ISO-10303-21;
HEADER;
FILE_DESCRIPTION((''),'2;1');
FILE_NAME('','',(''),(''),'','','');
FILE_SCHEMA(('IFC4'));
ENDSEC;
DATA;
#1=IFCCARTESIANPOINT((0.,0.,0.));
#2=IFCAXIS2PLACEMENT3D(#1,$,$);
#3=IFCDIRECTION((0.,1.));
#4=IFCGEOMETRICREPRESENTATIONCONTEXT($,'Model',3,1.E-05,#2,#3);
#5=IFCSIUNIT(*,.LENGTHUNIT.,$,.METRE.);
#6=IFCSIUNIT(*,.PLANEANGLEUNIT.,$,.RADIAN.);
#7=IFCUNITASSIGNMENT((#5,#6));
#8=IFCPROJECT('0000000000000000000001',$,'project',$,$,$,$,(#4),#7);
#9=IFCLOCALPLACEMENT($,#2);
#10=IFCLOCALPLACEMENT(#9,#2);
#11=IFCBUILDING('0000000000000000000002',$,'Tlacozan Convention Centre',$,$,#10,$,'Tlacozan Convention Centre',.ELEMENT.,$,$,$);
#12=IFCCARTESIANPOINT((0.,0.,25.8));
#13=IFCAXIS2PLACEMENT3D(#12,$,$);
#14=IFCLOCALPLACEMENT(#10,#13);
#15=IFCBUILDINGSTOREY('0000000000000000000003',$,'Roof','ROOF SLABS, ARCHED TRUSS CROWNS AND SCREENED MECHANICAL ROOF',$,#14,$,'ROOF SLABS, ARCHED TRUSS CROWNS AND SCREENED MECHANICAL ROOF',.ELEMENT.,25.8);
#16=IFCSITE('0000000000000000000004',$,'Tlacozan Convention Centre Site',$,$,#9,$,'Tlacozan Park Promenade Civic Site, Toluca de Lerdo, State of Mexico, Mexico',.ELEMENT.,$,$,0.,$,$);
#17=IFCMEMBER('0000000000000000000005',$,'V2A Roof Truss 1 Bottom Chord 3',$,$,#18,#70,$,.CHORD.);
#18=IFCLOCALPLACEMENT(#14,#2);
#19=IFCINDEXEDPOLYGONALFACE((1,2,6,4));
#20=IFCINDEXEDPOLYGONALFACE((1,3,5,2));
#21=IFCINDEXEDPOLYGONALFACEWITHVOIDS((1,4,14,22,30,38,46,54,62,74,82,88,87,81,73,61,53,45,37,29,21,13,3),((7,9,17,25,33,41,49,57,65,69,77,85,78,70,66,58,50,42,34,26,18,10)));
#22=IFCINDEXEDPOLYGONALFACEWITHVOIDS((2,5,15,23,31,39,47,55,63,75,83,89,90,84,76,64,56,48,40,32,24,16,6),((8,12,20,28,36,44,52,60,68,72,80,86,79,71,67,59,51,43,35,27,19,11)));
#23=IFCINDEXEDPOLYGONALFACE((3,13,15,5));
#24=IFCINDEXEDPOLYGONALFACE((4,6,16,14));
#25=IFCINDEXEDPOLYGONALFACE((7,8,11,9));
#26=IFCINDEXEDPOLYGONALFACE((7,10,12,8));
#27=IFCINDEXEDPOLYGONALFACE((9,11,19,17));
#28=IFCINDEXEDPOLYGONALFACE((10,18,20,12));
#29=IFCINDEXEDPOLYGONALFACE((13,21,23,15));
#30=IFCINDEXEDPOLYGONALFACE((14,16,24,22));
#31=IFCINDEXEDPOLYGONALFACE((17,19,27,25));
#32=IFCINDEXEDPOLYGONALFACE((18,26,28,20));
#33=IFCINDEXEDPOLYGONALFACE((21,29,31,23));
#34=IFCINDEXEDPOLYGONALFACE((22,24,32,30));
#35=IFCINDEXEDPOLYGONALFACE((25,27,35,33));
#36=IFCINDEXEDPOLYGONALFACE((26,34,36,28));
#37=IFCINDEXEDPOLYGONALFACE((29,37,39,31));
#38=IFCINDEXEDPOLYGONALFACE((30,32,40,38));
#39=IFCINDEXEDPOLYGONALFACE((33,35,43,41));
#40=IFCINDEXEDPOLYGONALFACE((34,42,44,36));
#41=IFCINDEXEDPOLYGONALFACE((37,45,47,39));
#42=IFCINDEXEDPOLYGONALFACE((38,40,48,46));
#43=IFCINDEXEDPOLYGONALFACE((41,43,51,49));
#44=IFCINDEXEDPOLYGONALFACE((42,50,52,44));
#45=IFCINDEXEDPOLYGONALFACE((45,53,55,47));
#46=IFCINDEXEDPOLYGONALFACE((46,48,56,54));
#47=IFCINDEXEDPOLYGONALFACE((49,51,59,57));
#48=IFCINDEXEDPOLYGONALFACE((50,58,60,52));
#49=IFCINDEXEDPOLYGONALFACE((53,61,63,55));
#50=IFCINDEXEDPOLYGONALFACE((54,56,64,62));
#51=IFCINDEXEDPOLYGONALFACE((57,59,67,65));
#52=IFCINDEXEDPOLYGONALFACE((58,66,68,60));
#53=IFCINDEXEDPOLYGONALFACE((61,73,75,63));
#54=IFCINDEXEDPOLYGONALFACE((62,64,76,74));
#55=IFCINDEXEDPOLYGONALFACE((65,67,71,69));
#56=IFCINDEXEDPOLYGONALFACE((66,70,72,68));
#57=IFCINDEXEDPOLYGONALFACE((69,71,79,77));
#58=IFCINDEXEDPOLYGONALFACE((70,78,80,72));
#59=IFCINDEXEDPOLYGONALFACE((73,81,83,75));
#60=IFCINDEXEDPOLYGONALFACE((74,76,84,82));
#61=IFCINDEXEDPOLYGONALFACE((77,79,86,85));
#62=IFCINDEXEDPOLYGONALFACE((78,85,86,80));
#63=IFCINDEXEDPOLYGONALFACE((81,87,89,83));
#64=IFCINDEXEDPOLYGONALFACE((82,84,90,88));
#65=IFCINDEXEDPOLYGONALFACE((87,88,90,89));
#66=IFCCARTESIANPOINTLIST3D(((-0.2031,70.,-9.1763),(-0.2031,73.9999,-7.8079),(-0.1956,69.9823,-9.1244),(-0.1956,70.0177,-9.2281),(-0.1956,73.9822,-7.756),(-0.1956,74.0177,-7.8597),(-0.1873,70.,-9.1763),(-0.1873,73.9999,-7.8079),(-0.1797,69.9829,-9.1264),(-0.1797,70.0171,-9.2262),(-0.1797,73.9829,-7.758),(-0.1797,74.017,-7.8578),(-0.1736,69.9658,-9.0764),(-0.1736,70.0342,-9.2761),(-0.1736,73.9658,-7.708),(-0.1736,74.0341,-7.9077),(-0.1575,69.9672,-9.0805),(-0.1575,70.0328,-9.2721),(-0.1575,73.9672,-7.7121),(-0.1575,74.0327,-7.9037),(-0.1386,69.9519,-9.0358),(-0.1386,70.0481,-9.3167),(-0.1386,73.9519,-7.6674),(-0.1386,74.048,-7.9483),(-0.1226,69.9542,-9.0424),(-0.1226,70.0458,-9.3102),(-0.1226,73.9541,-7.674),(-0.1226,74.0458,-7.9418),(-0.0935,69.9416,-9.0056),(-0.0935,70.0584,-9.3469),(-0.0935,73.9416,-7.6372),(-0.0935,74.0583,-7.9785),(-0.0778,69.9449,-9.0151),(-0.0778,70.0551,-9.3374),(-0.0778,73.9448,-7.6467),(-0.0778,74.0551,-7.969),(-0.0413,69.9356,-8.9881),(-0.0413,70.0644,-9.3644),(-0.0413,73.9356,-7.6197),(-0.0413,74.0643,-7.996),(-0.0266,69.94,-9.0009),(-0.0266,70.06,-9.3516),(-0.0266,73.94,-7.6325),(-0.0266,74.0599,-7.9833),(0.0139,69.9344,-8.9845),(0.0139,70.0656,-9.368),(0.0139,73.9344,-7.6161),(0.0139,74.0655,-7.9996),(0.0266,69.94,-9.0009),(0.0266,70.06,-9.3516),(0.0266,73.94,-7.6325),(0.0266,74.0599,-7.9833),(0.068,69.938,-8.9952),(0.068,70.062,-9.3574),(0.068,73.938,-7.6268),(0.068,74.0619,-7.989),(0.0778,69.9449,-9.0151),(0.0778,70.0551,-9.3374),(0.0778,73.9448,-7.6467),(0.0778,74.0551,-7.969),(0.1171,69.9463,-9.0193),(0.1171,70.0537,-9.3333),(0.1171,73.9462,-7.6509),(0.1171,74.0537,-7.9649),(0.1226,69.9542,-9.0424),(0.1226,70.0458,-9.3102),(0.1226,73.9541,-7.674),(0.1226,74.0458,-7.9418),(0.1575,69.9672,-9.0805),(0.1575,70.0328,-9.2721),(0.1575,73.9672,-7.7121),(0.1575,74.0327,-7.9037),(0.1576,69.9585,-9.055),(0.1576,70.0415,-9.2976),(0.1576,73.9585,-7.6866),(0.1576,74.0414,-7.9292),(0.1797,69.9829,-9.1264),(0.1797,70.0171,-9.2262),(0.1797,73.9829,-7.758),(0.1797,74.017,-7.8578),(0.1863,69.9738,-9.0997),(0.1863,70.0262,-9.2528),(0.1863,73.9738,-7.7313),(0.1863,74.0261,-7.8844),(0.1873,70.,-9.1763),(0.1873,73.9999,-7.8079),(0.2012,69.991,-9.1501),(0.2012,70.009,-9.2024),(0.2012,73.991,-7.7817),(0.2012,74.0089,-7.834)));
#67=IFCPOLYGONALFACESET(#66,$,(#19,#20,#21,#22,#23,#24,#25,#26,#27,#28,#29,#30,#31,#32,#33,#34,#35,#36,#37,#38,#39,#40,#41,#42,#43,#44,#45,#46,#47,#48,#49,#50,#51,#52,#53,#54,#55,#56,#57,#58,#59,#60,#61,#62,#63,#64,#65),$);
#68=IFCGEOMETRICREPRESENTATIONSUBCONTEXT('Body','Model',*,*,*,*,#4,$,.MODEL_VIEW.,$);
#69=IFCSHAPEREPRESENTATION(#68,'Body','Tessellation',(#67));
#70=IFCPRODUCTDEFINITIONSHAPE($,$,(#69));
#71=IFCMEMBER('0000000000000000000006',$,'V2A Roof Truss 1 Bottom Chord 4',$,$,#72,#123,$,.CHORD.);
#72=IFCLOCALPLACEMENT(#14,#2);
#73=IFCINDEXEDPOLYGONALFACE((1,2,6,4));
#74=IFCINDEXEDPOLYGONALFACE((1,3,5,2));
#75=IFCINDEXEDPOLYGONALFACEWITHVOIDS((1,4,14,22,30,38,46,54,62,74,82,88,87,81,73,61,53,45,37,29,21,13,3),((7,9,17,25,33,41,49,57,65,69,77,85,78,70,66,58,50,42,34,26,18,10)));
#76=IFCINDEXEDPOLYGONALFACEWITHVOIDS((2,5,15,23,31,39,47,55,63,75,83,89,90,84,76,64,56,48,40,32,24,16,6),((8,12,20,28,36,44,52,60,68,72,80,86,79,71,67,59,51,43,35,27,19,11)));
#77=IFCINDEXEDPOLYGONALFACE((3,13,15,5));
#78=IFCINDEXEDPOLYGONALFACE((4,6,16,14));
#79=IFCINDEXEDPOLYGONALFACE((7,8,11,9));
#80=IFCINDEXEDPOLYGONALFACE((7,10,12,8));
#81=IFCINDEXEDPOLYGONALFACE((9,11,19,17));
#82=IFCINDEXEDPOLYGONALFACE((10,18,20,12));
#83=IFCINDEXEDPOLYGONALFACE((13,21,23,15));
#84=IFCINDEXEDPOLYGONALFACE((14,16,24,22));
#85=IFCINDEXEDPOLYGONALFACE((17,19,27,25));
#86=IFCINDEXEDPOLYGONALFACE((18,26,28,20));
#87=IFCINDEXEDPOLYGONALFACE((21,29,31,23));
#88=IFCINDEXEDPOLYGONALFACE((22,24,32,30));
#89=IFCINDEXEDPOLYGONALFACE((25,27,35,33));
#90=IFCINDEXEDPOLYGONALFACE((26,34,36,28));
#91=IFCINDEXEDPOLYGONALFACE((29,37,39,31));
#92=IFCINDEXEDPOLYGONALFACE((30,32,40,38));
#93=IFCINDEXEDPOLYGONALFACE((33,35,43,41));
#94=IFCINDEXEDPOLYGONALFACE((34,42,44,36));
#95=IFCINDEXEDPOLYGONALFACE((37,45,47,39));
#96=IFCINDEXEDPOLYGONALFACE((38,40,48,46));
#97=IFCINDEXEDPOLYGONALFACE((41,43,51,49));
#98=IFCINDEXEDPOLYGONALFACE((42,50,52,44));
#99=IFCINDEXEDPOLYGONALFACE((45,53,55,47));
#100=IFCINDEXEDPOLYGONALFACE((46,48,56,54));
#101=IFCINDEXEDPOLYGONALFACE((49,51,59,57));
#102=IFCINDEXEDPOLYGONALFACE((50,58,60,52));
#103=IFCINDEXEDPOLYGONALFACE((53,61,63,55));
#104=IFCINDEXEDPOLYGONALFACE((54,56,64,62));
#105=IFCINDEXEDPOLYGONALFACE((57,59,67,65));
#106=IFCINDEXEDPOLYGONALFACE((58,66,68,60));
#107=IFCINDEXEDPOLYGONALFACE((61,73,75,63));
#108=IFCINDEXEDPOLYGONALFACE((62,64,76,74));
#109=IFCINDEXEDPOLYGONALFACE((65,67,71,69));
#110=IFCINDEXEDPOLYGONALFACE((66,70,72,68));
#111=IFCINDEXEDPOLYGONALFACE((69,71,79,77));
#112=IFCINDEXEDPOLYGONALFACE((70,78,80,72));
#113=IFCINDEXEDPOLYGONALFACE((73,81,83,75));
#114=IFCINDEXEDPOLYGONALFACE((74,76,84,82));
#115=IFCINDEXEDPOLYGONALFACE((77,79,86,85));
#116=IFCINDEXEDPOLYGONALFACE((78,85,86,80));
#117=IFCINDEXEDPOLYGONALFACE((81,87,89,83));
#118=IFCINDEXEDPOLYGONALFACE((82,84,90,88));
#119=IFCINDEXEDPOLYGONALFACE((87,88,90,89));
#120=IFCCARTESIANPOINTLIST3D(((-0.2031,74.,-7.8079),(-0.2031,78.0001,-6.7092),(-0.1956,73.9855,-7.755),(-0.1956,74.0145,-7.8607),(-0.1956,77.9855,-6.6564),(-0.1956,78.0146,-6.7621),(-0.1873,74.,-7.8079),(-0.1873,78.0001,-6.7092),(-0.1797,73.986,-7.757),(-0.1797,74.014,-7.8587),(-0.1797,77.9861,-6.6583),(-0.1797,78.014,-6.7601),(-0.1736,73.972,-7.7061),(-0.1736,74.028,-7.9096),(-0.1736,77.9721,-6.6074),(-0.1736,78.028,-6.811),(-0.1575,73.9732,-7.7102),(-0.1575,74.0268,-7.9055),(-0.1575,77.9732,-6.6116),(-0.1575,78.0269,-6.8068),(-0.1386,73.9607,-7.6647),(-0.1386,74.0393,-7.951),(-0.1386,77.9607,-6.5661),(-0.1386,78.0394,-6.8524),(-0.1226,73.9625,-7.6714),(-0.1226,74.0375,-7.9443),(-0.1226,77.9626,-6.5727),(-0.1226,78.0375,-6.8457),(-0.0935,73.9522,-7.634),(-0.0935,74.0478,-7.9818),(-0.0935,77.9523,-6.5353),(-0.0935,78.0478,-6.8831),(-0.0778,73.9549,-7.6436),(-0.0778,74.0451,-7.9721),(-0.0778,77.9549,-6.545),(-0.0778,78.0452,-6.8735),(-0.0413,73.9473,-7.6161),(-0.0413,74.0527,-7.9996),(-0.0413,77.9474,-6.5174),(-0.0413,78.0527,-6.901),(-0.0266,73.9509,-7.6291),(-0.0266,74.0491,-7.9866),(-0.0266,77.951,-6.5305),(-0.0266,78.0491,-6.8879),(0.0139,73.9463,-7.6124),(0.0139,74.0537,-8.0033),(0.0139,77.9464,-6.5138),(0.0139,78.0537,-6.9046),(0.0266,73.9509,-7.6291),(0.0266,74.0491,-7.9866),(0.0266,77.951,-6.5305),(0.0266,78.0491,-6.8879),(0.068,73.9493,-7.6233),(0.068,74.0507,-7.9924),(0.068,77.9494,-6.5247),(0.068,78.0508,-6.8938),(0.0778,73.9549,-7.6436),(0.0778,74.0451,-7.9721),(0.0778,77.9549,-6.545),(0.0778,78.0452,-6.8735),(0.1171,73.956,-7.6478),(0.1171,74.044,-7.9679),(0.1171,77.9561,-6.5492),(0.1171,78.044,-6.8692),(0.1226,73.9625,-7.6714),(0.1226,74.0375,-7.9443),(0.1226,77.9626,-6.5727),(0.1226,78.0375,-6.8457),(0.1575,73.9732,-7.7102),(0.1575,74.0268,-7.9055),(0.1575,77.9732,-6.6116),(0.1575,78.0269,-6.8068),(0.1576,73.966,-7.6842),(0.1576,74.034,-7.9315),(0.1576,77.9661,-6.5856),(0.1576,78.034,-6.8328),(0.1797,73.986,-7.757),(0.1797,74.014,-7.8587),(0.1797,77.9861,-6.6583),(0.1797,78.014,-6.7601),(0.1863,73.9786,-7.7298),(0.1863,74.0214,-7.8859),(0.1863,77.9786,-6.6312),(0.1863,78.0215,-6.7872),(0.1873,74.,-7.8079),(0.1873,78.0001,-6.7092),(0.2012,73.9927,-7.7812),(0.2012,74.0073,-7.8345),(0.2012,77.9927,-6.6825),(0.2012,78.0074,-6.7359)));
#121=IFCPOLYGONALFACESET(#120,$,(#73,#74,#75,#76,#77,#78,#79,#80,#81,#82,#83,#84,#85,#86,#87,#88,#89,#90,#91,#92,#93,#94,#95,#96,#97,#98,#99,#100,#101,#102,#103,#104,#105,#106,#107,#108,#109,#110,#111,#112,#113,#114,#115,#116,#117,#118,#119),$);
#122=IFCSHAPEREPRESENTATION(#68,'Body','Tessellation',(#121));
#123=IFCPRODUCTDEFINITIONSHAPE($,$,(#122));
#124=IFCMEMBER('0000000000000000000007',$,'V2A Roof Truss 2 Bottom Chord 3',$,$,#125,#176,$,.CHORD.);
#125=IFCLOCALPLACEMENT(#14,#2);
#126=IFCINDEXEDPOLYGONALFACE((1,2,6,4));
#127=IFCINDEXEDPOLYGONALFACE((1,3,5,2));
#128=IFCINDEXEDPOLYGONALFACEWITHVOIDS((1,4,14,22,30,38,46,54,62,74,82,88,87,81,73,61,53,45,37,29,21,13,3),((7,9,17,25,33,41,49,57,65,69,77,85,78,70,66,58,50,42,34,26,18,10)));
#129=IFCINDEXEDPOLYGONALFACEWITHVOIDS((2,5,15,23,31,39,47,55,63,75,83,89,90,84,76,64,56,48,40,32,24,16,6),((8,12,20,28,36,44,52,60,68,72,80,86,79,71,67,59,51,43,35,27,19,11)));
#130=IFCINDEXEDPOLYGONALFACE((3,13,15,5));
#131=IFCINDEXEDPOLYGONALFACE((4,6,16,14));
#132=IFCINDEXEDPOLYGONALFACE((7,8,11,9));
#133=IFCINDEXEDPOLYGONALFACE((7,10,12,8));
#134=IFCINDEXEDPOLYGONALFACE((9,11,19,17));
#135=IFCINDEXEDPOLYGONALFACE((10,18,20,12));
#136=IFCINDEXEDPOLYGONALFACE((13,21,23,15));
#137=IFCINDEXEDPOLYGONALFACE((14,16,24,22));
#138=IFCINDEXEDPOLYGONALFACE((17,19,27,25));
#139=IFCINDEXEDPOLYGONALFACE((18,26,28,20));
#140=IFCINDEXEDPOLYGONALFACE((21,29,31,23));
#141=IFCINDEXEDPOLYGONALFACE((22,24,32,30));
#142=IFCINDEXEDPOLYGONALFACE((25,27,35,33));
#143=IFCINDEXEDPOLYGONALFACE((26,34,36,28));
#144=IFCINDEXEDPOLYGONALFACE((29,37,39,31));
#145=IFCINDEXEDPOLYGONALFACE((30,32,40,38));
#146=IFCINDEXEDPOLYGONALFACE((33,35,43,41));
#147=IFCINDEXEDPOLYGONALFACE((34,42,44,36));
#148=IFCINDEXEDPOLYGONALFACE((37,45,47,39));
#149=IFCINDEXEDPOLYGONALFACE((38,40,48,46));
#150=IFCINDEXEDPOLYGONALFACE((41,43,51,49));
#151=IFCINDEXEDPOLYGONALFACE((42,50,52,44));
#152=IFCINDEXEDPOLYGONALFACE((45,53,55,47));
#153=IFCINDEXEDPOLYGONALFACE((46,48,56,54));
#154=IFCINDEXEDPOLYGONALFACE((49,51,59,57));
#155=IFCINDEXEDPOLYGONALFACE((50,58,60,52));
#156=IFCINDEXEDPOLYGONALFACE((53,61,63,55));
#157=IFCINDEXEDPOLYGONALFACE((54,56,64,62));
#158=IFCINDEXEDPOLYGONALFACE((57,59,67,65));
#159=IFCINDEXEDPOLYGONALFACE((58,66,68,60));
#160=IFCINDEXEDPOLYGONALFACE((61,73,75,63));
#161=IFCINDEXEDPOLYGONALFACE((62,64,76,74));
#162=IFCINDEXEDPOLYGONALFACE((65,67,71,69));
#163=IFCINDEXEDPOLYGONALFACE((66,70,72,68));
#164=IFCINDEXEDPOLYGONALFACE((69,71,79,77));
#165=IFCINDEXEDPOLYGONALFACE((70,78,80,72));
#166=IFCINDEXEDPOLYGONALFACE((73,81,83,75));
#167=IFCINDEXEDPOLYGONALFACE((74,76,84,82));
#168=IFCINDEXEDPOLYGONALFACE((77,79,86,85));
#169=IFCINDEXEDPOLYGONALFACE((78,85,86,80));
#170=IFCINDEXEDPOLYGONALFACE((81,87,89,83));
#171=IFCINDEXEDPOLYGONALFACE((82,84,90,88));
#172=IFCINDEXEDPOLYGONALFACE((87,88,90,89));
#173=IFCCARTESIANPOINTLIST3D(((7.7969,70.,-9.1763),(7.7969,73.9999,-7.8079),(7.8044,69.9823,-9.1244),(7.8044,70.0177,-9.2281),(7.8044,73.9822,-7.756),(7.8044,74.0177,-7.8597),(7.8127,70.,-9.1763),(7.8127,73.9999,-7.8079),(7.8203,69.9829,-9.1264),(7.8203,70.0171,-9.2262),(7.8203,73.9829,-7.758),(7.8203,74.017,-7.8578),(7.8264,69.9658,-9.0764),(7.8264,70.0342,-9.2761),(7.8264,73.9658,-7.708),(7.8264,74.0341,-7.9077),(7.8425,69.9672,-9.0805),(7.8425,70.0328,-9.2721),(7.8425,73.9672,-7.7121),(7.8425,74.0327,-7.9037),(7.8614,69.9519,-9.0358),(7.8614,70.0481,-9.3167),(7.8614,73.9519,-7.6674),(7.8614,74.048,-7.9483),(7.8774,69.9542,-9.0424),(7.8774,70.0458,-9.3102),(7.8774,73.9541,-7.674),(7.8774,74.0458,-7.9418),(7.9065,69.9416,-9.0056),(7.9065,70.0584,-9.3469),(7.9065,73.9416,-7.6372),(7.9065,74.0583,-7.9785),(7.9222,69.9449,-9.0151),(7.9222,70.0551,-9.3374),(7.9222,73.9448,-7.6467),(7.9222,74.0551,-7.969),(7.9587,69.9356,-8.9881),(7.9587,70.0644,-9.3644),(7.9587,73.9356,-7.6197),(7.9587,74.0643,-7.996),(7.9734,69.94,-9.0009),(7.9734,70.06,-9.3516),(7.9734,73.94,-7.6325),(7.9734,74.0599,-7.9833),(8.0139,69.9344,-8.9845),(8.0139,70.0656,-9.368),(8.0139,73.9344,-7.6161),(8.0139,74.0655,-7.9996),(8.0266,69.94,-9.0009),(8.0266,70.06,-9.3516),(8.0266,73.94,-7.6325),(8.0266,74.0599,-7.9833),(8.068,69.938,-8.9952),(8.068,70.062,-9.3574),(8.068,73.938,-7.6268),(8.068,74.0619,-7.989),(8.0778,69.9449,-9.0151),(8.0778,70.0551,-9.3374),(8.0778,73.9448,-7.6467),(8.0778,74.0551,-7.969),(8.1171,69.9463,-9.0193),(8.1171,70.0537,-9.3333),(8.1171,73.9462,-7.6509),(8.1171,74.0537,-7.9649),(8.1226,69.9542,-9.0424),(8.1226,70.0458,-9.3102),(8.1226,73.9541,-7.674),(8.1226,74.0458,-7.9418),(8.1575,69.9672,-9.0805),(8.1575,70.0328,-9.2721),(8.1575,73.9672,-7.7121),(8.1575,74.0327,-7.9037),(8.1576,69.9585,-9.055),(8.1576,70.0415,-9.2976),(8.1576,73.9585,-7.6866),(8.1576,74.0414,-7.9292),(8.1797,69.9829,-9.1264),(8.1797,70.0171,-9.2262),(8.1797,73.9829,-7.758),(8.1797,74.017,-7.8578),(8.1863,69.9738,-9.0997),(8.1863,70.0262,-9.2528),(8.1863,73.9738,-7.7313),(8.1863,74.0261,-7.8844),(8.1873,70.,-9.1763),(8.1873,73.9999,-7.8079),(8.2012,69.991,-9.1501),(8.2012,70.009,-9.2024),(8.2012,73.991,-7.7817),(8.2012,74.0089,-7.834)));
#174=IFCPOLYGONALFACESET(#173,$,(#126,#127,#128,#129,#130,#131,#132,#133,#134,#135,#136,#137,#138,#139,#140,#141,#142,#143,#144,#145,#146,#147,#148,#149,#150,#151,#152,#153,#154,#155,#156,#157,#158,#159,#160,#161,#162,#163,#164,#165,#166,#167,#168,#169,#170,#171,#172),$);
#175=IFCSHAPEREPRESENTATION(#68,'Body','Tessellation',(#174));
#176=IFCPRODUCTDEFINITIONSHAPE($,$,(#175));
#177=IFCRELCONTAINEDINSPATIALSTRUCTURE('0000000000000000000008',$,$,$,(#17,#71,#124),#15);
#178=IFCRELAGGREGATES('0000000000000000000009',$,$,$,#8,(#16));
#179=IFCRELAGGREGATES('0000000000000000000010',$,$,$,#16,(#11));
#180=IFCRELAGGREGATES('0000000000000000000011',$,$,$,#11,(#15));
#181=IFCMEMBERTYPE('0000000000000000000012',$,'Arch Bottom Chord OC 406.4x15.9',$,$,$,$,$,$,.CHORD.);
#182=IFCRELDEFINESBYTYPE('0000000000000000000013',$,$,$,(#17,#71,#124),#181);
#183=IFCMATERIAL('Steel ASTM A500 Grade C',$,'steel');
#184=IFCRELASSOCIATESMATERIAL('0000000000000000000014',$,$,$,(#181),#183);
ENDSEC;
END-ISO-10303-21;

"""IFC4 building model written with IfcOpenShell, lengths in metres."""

from ifc_helpers import new_model, si_unit, direction, frame, origin, origin_2d, place, context, subcontext, project, spatial, hollow_circle, extrude, material, material_profile, profile_set, type_object, element, save


model = new_model("IFC4")

# Units and contexts
model_context = context("Model", 3, precision=1e-05, world=origin(), true_north=direction((0.0, 1.0)))
body_context = subcontext(model_context, "Body", "Model", "MODEL_VIEW")
ifc_project = project(units=[si_unit("LENGTHUNIT", "METRE"), si_unit("PLANEANGLEUNIT", "RADIAN")], contexts=[model_context])

# Site, building, storey
site_placement = place(None, origin())
site = spatial("IfcSite", under=ifc_project, at=site_placement, Name="Tlacozan Convention Centre Site", LongName="Tlacozan Park Promenade Civic Site, Toluca de Lerdo, State of Mexico, Mexico", CompositionType="ELEMENT", RefElevation=0.0)
building_placement = place(site_placement, origin())
building = spatial("IfcBuilding", under=site, at=building_placement, Name="Tlacozan Convention Centre", LongName="Tlacozan Convention Centre", CompositionType="ELEMENT")
storey_placement = place(building_placement, frame((0.0, 0.0, 25.8)))
storey = spatial("IfcBuildingStorey", under=building, at=storey_placement, Name="Roof", Description="ROOF SLABS, ARCHED TRUSS CROWNS AND SCREENED MECHANICAL ROOF", LongName="ROOF SLABS, ARCHED TRUSS CROWNS AND SCREENED MECHANICAL ROOF", CompositionType="ELEMENT", Elevation=25.8)

# Members
ifc_material_1 = material(Name="Steel ASTM A500 Grade C", Category="steel")
ifc_material_profile_1 = material_profile(ifc_material_1, hollow_circle(Radius=0.2031, WallThickness=0.0159, at=origin_2d()), Name="OC 406.4x15.9")
ifc_profile_set_1 = profile_set([ifc_material_profile_1], Name="Steel ASTM A500 Grade C")
member_type_1 = type_object("IfcMemberType", Name="Arch Bottom Chord OC 406.4x15.9", PredefinedType="CHORD", material=ifc_profile_set_1)
member_1_placement = place(storey_placement, frame((0.0, 70.0, -9.1763), z_axis=(0.0, 0.946165, 0.323685), x_axis=(-1.0, 0.0, 0.0)))
element("IfcMember", 1, at=member_1_placement, inside=storey, type_object=member_type_1, Name="V2A Roof Truss 1 Bottom Chord 3", PredefinedType="CHORD", context=body_context, shape_type="SweptSolid", body=[
    extrude(hollow_circle(Radius=0.2031, WallThickness=0.0159, at=origin_2d()), origin(), (0.0, 0.0, 1.0), 4.2275),
])
member_2_placement = place(storey_placement, frame((0.0, 74.0, -7.8079), z_axis=(0.0, 0.96429, 0.26485), x_axis=(-1.0, 0.0, 0.0)))
element("IfcMember", 2, at=member_2_placement, inside=storey, type_object=member_type_1, Name="V2A Roof Truss 1 Bottom Chord 4", PredefinedType="CHORD", context=body_context, shape_type="SweptSolid", body=[
    extrude(hollow_circle(Radius=0.2031, WallThickness=0.0159, at=origin_2d()), origin(), (0.0, 0.0, 1.0), 4.1482),
])
member_3_placement = place(storey_placement, frame((8.0, 70.0, -9.1763), z_axis=(0.0, 0.946165, 0.323685), x_axis=(-1.0, 0.0, 0.0)))
element("IfcMember", 3, at=member_3_placement, inside=storey, type_object=member_type_1, Name="V2A Roof Truss 2 Bottom Chord 3", PredefinedType="CHORD", context=body_context, shape_type="SweptSolid", body=[
    extrude(hollow_circle(Radius=0.2031, WallThickness=0.0159, at=origin_2d()), origin(), (0.0, 0.0, 1.0), 4.2275),
])

save(model, "model.ifc")
